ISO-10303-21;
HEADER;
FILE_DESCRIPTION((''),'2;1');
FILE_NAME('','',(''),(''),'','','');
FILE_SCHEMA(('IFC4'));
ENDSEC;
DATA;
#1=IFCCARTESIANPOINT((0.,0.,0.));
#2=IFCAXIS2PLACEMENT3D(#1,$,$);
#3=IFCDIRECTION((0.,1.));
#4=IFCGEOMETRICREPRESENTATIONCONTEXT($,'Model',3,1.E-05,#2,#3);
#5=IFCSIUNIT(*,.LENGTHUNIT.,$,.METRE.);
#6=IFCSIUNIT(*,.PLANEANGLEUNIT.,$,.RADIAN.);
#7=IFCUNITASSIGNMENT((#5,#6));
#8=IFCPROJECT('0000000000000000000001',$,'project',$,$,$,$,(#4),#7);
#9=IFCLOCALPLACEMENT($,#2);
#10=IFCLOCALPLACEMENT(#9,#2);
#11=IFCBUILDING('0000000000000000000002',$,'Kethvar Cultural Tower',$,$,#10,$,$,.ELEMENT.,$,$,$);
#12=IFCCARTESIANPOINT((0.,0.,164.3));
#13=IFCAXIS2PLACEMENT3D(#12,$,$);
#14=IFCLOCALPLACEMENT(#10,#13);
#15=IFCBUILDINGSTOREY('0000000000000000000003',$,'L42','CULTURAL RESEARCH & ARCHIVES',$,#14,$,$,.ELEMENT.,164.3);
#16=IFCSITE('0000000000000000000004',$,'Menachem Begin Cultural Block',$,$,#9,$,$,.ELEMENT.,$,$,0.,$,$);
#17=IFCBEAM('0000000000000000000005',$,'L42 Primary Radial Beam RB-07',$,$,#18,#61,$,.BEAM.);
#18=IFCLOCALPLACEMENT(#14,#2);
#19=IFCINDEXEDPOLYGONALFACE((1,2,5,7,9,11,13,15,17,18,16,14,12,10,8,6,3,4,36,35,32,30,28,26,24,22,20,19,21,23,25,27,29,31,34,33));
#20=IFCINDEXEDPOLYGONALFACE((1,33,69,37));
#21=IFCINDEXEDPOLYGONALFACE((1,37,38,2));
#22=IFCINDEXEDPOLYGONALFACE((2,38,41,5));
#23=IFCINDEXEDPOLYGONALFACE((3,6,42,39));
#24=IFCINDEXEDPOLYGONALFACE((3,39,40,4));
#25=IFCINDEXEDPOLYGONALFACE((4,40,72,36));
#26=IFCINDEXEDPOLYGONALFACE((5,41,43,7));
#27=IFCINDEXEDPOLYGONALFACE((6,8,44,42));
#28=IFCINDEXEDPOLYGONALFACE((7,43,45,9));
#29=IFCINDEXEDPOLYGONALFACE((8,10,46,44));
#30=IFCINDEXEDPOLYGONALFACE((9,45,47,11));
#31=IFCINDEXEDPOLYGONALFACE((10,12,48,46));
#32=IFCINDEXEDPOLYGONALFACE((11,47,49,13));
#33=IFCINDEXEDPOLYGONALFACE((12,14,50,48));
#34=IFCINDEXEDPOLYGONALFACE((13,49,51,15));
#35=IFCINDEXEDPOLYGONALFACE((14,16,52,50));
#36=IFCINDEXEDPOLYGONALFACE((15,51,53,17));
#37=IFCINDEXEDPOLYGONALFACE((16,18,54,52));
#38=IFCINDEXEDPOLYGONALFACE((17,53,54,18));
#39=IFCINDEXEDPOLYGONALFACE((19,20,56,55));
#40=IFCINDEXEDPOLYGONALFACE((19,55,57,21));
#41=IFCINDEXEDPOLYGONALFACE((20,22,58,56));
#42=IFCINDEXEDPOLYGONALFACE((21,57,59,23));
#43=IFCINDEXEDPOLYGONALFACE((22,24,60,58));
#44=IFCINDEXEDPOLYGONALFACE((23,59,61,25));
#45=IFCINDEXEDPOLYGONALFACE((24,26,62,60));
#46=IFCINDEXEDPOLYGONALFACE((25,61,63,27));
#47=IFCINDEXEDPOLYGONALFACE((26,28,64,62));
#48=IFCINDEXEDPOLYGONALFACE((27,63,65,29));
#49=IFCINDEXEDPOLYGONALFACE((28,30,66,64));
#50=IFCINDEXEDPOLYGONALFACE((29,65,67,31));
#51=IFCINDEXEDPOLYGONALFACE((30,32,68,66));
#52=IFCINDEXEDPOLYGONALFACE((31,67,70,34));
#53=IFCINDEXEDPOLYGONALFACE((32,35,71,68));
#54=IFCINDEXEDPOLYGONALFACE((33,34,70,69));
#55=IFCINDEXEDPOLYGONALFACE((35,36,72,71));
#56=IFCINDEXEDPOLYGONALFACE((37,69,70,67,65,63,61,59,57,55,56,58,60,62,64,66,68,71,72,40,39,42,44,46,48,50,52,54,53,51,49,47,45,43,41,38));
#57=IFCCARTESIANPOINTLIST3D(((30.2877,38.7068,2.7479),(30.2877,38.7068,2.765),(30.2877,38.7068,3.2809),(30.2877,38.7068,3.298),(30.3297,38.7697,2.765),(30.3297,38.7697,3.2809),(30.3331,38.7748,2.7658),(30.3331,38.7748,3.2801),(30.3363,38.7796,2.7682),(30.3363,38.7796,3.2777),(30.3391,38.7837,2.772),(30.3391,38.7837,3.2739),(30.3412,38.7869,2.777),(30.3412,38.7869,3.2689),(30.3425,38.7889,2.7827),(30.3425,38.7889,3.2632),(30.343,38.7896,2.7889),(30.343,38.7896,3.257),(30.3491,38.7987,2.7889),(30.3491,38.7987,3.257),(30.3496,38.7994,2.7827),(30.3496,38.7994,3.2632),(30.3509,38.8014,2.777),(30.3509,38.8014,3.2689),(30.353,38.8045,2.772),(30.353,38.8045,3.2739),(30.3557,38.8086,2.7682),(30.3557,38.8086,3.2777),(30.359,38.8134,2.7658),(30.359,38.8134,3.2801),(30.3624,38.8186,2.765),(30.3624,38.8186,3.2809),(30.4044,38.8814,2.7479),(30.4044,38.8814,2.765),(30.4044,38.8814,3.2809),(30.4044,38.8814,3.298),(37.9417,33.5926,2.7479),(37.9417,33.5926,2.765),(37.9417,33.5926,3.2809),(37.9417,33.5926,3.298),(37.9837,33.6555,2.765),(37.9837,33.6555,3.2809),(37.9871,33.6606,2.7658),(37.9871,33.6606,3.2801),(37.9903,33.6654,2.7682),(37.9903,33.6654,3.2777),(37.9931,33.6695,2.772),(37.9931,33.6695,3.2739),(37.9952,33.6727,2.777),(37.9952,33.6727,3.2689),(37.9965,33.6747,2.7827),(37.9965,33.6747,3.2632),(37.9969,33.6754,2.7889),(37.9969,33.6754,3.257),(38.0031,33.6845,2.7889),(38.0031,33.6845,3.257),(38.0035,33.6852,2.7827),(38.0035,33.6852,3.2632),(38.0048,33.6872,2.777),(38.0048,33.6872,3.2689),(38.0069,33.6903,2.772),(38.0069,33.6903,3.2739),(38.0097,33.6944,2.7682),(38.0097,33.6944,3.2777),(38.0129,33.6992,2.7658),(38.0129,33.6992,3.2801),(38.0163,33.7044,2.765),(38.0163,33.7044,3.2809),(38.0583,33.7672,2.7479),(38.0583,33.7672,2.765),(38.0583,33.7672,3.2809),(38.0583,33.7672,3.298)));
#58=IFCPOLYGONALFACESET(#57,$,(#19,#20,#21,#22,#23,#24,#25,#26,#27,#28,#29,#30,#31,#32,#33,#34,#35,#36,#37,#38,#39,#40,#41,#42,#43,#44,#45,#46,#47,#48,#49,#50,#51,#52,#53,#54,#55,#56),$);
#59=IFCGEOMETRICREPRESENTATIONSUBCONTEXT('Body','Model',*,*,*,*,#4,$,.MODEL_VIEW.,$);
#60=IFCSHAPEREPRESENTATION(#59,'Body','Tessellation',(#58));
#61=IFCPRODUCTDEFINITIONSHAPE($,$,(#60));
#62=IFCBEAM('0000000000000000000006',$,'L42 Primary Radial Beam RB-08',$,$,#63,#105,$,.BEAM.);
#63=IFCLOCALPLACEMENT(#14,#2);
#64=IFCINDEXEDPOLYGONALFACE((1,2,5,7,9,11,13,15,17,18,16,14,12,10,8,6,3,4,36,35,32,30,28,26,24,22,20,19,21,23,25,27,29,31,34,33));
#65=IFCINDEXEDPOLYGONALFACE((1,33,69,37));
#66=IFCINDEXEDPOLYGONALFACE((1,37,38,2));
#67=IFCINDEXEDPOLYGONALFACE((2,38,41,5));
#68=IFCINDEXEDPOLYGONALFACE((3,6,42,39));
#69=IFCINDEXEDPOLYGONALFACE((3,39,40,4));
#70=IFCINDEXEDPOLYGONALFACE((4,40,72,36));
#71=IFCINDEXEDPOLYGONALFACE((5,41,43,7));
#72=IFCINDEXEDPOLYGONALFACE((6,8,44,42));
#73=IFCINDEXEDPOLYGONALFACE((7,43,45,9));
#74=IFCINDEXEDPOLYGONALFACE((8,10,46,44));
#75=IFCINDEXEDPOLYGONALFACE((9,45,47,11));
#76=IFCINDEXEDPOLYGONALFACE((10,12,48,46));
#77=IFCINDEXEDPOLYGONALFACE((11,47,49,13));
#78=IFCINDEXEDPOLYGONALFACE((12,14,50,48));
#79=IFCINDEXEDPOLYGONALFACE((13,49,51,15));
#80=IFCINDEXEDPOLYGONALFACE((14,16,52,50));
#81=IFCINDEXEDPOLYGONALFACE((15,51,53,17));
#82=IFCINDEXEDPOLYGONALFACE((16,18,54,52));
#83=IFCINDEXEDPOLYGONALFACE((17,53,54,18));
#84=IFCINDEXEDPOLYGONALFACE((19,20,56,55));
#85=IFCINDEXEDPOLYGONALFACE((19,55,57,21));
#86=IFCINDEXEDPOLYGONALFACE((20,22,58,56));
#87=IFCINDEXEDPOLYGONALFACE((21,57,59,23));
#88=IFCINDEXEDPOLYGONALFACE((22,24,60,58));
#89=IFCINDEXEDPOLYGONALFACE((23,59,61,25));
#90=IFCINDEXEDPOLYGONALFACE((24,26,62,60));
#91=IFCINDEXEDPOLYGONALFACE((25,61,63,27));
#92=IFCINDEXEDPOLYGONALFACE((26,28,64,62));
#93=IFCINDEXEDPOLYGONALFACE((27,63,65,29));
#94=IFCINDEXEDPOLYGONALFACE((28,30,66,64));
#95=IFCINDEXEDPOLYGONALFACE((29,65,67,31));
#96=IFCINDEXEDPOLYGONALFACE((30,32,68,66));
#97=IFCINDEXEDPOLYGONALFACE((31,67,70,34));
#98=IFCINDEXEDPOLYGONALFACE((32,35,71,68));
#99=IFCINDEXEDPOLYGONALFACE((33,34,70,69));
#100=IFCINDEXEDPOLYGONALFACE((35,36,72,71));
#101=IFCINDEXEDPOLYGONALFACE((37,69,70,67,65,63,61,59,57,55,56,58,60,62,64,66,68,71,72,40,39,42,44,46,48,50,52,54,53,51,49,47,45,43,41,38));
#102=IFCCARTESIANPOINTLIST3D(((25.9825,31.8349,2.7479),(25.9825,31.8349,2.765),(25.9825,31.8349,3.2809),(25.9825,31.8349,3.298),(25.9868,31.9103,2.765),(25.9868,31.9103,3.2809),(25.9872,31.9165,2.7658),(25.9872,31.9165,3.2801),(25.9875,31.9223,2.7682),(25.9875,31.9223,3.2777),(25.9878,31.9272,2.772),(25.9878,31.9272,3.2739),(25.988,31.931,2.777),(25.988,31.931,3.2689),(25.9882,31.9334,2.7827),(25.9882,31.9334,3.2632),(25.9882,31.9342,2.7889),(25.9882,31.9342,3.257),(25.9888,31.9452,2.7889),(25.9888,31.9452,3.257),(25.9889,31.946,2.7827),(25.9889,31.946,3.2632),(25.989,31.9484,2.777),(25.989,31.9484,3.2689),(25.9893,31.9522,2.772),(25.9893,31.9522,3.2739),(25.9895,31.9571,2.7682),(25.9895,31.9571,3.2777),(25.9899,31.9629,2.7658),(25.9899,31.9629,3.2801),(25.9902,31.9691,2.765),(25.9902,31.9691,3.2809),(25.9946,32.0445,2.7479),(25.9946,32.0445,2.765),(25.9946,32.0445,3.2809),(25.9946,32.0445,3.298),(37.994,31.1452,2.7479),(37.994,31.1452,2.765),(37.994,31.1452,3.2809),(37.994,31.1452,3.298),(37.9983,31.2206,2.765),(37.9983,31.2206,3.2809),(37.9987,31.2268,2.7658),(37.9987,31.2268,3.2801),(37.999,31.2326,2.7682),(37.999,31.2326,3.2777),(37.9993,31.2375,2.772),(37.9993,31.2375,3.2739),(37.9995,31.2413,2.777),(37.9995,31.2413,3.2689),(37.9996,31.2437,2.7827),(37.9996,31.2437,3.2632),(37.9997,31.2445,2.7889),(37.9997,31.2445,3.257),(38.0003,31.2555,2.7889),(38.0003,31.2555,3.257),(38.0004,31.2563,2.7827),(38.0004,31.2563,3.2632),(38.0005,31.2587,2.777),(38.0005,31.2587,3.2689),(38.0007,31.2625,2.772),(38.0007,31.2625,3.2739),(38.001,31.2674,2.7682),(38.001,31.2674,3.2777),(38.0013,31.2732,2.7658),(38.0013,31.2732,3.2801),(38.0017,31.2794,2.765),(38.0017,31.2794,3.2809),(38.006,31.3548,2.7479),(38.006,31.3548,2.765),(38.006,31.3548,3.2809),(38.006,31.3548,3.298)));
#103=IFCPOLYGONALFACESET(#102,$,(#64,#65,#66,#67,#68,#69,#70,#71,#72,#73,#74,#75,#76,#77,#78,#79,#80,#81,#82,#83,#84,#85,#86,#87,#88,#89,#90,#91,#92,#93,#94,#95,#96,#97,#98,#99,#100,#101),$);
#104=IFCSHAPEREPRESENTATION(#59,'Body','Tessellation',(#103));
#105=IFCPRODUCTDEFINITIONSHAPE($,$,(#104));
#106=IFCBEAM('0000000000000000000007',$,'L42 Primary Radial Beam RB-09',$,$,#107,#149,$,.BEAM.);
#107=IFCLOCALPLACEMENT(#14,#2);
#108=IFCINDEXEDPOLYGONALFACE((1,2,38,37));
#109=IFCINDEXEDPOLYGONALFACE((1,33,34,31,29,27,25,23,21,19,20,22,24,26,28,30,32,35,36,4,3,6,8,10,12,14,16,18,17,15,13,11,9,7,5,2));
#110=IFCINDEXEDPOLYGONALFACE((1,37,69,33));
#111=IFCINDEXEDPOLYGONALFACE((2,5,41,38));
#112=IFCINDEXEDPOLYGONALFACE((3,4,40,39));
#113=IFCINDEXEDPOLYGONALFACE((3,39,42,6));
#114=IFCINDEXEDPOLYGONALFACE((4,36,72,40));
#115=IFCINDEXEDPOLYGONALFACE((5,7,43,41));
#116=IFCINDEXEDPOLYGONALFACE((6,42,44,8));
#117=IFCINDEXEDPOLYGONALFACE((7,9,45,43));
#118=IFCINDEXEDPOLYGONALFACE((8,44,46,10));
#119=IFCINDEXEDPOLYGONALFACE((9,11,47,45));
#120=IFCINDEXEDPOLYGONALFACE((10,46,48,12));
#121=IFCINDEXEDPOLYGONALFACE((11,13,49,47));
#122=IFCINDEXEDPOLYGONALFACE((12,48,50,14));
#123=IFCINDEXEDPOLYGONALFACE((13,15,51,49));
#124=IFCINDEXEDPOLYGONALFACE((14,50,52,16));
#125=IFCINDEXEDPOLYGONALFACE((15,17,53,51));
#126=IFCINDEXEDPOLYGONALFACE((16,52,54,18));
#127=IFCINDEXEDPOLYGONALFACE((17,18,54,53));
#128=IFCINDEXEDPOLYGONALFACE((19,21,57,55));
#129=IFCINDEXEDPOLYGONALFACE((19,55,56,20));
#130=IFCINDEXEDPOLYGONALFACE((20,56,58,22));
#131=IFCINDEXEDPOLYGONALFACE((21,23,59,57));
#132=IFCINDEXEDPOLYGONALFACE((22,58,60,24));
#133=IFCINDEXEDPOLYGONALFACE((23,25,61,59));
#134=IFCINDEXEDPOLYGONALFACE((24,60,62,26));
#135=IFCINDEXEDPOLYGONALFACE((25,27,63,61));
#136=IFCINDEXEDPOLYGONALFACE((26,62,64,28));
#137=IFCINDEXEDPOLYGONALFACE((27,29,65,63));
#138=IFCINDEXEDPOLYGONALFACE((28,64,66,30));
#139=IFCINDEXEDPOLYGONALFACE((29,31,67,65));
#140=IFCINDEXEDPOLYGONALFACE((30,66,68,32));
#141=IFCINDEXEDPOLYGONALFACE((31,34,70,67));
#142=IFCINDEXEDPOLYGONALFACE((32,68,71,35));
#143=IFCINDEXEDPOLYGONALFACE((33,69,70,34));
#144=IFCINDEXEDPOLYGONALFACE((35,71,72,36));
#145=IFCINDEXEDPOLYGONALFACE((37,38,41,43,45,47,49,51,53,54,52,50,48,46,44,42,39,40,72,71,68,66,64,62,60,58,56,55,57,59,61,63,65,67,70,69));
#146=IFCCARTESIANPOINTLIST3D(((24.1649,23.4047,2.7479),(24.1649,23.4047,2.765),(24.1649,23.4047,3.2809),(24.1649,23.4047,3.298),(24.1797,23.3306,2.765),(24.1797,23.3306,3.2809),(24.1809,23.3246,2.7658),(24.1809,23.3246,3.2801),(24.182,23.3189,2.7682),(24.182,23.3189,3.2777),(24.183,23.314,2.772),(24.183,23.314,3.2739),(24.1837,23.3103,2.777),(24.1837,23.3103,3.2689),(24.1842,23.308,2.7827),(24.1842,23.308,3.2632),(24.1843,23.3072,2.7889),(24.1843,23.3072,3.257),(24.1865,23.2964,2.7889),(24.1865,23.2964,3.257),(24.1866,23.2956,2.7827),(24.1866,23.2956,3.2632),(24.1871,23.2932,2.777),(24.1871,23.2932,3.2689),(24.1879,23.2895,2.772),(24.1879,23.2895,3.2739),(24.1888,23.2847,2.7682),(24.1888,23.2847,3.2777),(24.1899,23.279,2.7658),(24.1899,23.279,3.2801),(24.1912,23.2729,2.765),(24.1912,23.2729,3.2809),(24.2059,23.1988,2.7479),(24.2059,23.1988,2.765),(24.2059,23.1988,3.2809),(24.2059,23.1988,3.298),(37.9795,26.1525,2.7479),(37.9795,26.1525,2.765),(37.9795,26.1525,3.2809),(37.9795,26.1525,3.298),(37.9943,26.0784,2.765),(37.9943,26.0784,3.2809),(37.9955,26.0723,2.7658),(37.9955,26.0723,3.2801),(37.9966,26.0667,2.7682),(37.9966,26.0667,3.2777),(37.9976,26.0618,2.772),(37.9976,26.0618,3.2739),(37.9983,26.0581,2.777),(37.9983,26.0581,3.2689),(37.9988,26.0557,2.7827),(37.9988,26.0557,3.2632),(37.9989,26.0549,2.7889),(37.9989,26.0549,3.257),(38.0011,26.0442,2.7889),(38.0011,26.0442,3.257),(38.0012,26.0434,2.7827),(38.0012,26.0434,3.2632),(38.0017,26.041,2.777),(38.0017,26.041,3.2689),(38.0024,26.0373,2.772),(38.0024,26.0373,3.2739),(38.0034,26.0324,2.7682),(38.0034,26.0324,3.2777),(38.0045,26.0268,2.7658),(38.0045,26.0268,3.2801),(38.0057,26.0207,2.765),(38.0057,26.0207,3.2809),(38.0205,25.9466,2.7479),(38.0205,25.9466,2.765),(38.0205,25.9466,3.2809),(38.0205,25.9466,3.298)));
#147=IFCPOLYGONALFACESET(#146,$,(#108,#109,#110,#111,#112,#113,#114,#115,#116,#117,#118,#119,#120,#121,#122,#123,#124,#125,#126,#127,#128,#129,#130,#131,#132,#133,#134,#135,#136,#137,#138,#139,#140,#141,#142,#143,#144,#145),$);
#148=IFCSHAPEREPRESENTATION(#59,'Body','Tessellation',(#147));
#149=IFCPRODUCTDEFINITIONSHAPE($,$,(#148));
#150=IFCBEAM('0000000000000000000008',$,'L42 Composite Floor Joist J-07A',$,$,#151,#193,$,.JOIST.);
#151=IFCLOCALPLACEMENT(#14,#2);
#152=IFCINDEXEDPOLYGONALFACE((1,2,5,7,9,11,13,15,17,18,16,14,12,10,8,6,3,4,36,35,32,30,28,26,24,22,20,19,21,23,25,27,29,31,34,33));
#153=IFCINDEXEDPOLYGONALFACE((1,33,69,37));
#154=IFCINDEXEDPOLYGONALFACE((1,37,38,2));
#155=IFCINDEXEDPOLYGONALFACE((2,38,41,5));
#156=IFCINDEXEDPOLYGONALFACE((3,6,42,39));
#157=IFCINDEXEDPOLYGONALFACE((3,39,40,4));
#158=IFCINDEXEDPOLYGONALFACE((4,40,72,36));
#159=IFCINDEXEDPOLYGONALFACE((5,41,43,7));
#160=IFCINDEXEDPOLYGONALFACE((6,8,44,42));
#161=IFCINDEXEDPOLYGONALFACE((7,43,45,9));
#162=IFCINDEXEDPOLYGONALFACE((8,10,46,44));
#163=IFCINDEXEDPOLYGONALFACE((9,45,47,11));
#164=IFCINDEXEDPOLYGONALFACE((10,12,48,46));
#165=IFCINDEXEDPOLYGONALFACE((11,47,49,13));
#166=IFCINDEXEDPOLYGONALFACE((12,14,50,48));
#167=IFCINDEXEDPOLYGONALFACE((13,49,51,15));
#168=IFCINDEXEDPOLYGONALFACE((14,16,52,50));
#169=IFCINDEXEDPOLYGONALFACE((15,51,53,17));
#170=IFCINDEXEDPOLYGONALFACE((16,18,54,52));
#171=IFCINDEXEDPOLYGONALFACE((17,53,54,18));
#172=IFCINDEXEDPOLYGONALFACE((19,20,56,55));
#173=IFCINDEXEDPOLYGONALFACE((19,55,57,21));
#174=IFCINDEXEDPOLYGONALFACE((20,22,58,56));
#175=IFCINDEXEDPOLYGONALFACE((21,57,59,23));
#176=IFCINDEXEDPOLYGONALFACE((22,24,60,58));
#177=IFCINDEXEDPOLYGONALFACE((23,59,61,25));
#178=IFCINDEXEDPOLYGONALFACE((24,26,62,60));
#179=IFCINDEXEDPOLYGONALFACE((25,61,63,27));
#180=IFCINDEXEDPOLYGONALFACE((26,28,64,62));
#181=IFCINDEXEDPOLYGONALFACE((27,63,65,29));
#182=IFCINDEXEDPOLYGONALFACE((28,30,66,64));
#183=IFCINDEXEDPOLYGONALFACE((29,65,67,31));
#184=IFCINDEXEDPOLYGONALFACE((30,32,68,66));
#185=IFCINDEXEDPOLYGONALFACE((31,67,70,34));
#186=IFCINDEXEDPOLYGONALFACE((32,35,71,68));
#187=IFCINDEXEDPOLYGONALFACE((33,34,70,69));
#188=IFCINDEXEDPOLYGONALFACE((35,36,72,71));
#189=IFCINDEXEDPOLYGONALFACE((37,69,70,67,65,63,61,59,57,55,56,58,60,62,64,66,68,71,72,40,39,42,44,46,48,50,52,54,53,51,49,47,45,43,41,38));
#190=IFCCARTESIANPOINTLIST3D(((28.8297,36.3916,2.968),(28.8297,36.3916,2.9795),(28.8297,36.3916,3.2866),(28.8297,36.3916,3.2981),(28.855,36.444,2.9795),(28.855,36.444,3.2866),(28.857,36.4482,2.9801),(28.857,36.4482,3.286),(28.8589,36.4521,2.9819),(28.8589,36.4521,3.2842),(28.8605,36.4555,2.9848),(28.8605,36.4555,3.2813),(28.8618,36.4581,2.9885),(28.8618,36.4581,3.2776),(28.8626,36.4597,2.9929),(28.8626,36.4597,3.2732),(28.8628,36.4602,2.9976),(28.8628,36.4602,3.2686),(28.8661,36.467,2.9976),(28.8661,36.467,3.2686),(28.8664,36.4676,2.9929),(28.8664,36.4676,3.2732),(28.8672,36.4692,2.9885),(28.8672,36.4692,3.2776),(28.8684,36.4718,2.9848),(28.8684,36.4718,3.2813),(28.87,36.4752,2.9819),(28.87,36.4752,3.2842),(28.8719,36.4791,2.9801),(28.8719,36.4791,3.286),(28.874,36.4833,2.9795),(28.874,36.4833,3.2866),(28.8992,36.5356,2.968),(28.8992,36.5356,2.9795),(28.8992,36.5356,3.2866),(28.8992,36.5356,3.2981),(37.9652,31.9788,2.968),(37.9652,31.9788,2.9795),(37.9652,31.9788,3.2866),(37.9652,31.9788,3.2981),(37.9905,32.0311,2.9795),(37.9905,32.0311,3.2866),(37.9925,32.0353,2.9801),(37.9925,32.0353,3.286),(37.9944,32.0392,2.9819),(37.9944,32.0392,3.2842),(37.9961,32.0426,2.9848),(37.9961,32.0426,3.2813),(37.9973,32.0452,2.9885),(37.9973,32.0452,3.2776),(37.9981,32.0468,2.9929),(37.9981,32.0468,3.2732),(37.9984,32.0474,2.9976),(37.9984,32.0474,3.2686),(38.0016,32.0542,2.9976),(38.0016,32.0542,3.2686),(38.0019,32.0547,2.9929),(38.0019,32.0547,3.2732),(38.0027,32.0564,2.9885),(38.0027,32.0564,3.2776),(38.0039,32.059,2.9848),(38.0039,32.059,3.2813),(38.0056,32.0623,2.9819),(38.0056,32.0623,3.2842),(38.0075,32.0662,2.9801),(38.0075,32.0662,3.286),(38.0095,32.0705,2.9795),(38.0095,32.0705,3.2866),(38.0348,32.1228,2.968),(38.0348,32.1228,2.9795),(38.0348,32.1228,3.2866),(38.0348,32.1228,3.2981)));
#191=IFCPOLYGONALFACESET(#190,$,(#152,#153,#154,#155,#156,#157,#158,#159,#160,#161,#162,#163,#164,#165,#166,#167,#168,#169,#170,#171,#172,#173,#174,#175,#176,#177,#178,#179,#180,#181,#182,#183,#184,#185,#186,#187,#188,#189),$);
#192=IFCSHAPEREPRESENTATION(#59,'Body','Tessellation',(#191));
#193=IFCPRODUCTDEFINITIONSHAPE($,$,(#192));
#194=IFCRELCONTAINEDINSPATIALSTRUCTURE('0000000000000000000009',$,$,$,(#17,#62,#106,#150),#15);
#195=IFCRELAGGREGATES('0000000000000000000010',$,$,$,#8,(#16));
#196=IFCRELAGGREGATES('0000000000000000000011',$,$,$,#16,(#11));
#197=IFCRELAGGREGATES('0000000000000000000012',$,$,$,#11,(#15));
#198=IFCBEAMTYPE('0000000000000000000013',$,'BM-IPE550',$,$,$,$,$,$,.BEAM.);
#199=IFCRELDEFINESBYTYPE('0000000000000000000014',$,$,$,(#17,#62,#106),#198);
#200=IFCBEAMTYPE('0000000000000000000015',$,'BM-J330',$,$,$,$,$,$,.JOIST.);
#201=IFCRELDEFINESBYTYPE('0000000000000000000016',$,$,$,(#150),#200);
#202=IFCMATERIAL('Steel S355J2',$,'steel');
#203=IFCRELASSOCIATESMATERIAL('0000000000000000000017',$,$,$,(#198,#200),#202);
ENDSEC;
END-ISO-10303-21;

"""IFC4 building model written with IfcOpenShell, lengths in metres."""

from ifc_helpers import new_model, si_unit, direction, frame, origin, origin_2d, place, context, subcontext, project, spatial, i_section, extrude, source, transform, mapped, material, material_profile, profile_set, type_object, element, save


model = new_model("IFC4")

# Units and contexts
model_context = context("Model", 3, precision=1e-05, world=origin(), true_north=direction((0.0, 1.0)))
body_context = subcontext(model_context, "Body", "Model", "MODEL_VIEW")
ifc_project = project(units=[si_unit("LENGTHUNIT", "METRE"), si_unit("PLANEANGLEUNIT", "RADIAN")], contexts=[model_context])

# Site, building, storey
site_placement = place(None, origin())
site = spatial("IfcSite", under=ifc_project, at=site_placement, Name="Menachem Begin Cultural Block", CompositionType="ELEMENT", RefElevation=0.0)
building_placement = place(site_placement, origin())
building = spatial("IfcBuilding", under=site, at=building_placement, Name="Kethvar Cultural Tower", CompositionType="ELEMENT")
storey_placement = place(building_placement, frame((0.0, 0.0, 164.3)))
storey = spatial("IfcBuildingStorey", under=building, at=storey_placement, Name="L42", Description="CULTURAL RESEARCH & ARCHIVES", CompositionType="ELEMENT", Elevation=164.3)

# Beams
ifc_material_1 = material(Name="Steel S355J2", Category="steel")
ifc_material_profile_1 = material_profile(ifc_material_1, i_section(OverallWidth=0.21, OverallDepth=0.55, WebThickness=0.011, FlangeThickness=0.0171, FilletRadius=0.0239, at=origin_2d()), Name="Steel S355J2 — IPE550")
ifc_profile_set_1 = profile_set([ifc_material_profile_1], Name="Steel S355J2 — IPE550")
beam_type_1 = type_object("IfcBeamType", Name="BM-IPE550", PredefinedType="BEAM", material=ifc_profile_set_1)
shared_shape_1 = source(origin(), body_context, "Body", "SweptSolid", [
    extrude(i_section(OverallWidth=0.21, OverallDepth=0.55, WebThickness=0.011, FlangeThickness=0.0171, FilletRadius=0.0239, at=origin_2d()), origin(), (0.0, 0.0, 1.0), 9.2053),
])
beam_1_placement = place(storey_placement, frame((38.0, 33.6799, 3.0229), z_axis=(-0.83147, 0.555569, 0.0), x_axis=(-0.555569, -0.83147, 0.0)))
element("IfcBeam", 1, at=beam_1_placement, inside=storey, type_object=beam_type_1, Name="L42 Primary Radial Beam RB-07", PredefinedType="BEAM", context=body_context, shape_type="MappedRepresentation", body=[
    mapped(shared_shape_1, transform((0.0, 0.0, 0.0), scale=1.0)),
])
shared_shape_2 = source(origin(), body_context, "Body", "SweptSolid", [
    extrude(i_section(OverallWidth=0.21, OverallDepth=0.55, WebThickness=0.011, FlangeThickness=0.0171, FilletRadius=0.0239, at=origin_2d()), origin(), (0.0, 0.0, 1.0), 12.0312),
])
beam_2_placement = place(storey_placement, frame((38.0, 31.25, 3.0229), z_axis=(-0.998356, 0.057325, 0.0), x_axis=(-0.057325, -0.998356, 0.0)))
element("IfcBeam", 2, at=beam_2_placement, inside=storey, type_object=beam_type_1, Name="L42 Primary Radial Beam RB-08", PredefinedType="BEAM", context=body_context, shape_type="MappedRepresentation", body=[
    mapped(shared_shape_2, transform((0.0, 0.0, 0.0), scale=1.0)),
])
shared_shape_3 = source(origin(), body_context, "Body", "SweptSolid", [
    extrude(i_section(OverallWidth=0.21, OverallDepth=0.55, WebThickness=0.011, FlangeThickness=0.0171, FilletRadius=0.0239, at=origin_2d()), origin(), (0.0, 0.0, 1.0), 14.0852),
])
beam_3_placement = place(storey_placement, frame((38.0, 26.0496, 3.0229), z_axis=(-0.980787, -0.195083, 0.0), x_axis=(0.195083, -0.980787, 0.0)))
element("IfcBeam", 3, at=beam_3_placement, inside=storey, type_object=beam_type_1, Name="L42 Primary Radial Beam RB-09", PredefinedType="BEAM", context=body_context, shape_type="MappedRepresentation", body=[
    mapped(shared_shape_3, transform((0.0, 0.0, 0.0), scale=1.0)),
])
ifc_material_profile_2 = material_profile(ifc_material_1, i_section(OverallWidth=0.1599, OverallDepth=0.3301, WebThickness=0.0076, FlangeThickness=0.0115, FilletRadius=0.0181, at=origin_2d()), Name="Steel S355J2 — IPE330")
ifc_profile_set_2 = profile_set([ifc_material_profile_2], Name="Steel S355J2 — IPE330")
beam_type_2 = type_object("IfcBeamType", Name="BM-J330", PredefinedType="JOIST", material=ifc_profile_set_2)
shared_shape_4 = source(origin(), body_context, "Body", "SweptSolid", [
    extrude(i_section(OverallWidth=0.1599, OverallDepth=0.3301, WebThickness=0.0076, FlangeThickness=0.0115, FilletRadius=0.0181, at=origin_2d()), origin(), (0.0, 0.0, 1.0), 10.1455),
])
beam_4_placement = place(storey_placement, frame((38.0, 32.0508, 3.1331), z_axis=(-0.900451, 0.434957, 0.0), x_axis=(-0.434957, -0.900451, 0.0)))
element("IfcBeam", 4, at=beam_4_placement, inside=storey, type_object=beam_type_2, Name="L42 Composite Floor Joist J-07A", PredefinedType="JOIST", context=body_context, shape_type="MappedRepresentation", body=[
    mapped(shared_shape_4, transform((0.0, 0.0, 0.0), scale=1.0)),
])

save(model, "model.ifc")
